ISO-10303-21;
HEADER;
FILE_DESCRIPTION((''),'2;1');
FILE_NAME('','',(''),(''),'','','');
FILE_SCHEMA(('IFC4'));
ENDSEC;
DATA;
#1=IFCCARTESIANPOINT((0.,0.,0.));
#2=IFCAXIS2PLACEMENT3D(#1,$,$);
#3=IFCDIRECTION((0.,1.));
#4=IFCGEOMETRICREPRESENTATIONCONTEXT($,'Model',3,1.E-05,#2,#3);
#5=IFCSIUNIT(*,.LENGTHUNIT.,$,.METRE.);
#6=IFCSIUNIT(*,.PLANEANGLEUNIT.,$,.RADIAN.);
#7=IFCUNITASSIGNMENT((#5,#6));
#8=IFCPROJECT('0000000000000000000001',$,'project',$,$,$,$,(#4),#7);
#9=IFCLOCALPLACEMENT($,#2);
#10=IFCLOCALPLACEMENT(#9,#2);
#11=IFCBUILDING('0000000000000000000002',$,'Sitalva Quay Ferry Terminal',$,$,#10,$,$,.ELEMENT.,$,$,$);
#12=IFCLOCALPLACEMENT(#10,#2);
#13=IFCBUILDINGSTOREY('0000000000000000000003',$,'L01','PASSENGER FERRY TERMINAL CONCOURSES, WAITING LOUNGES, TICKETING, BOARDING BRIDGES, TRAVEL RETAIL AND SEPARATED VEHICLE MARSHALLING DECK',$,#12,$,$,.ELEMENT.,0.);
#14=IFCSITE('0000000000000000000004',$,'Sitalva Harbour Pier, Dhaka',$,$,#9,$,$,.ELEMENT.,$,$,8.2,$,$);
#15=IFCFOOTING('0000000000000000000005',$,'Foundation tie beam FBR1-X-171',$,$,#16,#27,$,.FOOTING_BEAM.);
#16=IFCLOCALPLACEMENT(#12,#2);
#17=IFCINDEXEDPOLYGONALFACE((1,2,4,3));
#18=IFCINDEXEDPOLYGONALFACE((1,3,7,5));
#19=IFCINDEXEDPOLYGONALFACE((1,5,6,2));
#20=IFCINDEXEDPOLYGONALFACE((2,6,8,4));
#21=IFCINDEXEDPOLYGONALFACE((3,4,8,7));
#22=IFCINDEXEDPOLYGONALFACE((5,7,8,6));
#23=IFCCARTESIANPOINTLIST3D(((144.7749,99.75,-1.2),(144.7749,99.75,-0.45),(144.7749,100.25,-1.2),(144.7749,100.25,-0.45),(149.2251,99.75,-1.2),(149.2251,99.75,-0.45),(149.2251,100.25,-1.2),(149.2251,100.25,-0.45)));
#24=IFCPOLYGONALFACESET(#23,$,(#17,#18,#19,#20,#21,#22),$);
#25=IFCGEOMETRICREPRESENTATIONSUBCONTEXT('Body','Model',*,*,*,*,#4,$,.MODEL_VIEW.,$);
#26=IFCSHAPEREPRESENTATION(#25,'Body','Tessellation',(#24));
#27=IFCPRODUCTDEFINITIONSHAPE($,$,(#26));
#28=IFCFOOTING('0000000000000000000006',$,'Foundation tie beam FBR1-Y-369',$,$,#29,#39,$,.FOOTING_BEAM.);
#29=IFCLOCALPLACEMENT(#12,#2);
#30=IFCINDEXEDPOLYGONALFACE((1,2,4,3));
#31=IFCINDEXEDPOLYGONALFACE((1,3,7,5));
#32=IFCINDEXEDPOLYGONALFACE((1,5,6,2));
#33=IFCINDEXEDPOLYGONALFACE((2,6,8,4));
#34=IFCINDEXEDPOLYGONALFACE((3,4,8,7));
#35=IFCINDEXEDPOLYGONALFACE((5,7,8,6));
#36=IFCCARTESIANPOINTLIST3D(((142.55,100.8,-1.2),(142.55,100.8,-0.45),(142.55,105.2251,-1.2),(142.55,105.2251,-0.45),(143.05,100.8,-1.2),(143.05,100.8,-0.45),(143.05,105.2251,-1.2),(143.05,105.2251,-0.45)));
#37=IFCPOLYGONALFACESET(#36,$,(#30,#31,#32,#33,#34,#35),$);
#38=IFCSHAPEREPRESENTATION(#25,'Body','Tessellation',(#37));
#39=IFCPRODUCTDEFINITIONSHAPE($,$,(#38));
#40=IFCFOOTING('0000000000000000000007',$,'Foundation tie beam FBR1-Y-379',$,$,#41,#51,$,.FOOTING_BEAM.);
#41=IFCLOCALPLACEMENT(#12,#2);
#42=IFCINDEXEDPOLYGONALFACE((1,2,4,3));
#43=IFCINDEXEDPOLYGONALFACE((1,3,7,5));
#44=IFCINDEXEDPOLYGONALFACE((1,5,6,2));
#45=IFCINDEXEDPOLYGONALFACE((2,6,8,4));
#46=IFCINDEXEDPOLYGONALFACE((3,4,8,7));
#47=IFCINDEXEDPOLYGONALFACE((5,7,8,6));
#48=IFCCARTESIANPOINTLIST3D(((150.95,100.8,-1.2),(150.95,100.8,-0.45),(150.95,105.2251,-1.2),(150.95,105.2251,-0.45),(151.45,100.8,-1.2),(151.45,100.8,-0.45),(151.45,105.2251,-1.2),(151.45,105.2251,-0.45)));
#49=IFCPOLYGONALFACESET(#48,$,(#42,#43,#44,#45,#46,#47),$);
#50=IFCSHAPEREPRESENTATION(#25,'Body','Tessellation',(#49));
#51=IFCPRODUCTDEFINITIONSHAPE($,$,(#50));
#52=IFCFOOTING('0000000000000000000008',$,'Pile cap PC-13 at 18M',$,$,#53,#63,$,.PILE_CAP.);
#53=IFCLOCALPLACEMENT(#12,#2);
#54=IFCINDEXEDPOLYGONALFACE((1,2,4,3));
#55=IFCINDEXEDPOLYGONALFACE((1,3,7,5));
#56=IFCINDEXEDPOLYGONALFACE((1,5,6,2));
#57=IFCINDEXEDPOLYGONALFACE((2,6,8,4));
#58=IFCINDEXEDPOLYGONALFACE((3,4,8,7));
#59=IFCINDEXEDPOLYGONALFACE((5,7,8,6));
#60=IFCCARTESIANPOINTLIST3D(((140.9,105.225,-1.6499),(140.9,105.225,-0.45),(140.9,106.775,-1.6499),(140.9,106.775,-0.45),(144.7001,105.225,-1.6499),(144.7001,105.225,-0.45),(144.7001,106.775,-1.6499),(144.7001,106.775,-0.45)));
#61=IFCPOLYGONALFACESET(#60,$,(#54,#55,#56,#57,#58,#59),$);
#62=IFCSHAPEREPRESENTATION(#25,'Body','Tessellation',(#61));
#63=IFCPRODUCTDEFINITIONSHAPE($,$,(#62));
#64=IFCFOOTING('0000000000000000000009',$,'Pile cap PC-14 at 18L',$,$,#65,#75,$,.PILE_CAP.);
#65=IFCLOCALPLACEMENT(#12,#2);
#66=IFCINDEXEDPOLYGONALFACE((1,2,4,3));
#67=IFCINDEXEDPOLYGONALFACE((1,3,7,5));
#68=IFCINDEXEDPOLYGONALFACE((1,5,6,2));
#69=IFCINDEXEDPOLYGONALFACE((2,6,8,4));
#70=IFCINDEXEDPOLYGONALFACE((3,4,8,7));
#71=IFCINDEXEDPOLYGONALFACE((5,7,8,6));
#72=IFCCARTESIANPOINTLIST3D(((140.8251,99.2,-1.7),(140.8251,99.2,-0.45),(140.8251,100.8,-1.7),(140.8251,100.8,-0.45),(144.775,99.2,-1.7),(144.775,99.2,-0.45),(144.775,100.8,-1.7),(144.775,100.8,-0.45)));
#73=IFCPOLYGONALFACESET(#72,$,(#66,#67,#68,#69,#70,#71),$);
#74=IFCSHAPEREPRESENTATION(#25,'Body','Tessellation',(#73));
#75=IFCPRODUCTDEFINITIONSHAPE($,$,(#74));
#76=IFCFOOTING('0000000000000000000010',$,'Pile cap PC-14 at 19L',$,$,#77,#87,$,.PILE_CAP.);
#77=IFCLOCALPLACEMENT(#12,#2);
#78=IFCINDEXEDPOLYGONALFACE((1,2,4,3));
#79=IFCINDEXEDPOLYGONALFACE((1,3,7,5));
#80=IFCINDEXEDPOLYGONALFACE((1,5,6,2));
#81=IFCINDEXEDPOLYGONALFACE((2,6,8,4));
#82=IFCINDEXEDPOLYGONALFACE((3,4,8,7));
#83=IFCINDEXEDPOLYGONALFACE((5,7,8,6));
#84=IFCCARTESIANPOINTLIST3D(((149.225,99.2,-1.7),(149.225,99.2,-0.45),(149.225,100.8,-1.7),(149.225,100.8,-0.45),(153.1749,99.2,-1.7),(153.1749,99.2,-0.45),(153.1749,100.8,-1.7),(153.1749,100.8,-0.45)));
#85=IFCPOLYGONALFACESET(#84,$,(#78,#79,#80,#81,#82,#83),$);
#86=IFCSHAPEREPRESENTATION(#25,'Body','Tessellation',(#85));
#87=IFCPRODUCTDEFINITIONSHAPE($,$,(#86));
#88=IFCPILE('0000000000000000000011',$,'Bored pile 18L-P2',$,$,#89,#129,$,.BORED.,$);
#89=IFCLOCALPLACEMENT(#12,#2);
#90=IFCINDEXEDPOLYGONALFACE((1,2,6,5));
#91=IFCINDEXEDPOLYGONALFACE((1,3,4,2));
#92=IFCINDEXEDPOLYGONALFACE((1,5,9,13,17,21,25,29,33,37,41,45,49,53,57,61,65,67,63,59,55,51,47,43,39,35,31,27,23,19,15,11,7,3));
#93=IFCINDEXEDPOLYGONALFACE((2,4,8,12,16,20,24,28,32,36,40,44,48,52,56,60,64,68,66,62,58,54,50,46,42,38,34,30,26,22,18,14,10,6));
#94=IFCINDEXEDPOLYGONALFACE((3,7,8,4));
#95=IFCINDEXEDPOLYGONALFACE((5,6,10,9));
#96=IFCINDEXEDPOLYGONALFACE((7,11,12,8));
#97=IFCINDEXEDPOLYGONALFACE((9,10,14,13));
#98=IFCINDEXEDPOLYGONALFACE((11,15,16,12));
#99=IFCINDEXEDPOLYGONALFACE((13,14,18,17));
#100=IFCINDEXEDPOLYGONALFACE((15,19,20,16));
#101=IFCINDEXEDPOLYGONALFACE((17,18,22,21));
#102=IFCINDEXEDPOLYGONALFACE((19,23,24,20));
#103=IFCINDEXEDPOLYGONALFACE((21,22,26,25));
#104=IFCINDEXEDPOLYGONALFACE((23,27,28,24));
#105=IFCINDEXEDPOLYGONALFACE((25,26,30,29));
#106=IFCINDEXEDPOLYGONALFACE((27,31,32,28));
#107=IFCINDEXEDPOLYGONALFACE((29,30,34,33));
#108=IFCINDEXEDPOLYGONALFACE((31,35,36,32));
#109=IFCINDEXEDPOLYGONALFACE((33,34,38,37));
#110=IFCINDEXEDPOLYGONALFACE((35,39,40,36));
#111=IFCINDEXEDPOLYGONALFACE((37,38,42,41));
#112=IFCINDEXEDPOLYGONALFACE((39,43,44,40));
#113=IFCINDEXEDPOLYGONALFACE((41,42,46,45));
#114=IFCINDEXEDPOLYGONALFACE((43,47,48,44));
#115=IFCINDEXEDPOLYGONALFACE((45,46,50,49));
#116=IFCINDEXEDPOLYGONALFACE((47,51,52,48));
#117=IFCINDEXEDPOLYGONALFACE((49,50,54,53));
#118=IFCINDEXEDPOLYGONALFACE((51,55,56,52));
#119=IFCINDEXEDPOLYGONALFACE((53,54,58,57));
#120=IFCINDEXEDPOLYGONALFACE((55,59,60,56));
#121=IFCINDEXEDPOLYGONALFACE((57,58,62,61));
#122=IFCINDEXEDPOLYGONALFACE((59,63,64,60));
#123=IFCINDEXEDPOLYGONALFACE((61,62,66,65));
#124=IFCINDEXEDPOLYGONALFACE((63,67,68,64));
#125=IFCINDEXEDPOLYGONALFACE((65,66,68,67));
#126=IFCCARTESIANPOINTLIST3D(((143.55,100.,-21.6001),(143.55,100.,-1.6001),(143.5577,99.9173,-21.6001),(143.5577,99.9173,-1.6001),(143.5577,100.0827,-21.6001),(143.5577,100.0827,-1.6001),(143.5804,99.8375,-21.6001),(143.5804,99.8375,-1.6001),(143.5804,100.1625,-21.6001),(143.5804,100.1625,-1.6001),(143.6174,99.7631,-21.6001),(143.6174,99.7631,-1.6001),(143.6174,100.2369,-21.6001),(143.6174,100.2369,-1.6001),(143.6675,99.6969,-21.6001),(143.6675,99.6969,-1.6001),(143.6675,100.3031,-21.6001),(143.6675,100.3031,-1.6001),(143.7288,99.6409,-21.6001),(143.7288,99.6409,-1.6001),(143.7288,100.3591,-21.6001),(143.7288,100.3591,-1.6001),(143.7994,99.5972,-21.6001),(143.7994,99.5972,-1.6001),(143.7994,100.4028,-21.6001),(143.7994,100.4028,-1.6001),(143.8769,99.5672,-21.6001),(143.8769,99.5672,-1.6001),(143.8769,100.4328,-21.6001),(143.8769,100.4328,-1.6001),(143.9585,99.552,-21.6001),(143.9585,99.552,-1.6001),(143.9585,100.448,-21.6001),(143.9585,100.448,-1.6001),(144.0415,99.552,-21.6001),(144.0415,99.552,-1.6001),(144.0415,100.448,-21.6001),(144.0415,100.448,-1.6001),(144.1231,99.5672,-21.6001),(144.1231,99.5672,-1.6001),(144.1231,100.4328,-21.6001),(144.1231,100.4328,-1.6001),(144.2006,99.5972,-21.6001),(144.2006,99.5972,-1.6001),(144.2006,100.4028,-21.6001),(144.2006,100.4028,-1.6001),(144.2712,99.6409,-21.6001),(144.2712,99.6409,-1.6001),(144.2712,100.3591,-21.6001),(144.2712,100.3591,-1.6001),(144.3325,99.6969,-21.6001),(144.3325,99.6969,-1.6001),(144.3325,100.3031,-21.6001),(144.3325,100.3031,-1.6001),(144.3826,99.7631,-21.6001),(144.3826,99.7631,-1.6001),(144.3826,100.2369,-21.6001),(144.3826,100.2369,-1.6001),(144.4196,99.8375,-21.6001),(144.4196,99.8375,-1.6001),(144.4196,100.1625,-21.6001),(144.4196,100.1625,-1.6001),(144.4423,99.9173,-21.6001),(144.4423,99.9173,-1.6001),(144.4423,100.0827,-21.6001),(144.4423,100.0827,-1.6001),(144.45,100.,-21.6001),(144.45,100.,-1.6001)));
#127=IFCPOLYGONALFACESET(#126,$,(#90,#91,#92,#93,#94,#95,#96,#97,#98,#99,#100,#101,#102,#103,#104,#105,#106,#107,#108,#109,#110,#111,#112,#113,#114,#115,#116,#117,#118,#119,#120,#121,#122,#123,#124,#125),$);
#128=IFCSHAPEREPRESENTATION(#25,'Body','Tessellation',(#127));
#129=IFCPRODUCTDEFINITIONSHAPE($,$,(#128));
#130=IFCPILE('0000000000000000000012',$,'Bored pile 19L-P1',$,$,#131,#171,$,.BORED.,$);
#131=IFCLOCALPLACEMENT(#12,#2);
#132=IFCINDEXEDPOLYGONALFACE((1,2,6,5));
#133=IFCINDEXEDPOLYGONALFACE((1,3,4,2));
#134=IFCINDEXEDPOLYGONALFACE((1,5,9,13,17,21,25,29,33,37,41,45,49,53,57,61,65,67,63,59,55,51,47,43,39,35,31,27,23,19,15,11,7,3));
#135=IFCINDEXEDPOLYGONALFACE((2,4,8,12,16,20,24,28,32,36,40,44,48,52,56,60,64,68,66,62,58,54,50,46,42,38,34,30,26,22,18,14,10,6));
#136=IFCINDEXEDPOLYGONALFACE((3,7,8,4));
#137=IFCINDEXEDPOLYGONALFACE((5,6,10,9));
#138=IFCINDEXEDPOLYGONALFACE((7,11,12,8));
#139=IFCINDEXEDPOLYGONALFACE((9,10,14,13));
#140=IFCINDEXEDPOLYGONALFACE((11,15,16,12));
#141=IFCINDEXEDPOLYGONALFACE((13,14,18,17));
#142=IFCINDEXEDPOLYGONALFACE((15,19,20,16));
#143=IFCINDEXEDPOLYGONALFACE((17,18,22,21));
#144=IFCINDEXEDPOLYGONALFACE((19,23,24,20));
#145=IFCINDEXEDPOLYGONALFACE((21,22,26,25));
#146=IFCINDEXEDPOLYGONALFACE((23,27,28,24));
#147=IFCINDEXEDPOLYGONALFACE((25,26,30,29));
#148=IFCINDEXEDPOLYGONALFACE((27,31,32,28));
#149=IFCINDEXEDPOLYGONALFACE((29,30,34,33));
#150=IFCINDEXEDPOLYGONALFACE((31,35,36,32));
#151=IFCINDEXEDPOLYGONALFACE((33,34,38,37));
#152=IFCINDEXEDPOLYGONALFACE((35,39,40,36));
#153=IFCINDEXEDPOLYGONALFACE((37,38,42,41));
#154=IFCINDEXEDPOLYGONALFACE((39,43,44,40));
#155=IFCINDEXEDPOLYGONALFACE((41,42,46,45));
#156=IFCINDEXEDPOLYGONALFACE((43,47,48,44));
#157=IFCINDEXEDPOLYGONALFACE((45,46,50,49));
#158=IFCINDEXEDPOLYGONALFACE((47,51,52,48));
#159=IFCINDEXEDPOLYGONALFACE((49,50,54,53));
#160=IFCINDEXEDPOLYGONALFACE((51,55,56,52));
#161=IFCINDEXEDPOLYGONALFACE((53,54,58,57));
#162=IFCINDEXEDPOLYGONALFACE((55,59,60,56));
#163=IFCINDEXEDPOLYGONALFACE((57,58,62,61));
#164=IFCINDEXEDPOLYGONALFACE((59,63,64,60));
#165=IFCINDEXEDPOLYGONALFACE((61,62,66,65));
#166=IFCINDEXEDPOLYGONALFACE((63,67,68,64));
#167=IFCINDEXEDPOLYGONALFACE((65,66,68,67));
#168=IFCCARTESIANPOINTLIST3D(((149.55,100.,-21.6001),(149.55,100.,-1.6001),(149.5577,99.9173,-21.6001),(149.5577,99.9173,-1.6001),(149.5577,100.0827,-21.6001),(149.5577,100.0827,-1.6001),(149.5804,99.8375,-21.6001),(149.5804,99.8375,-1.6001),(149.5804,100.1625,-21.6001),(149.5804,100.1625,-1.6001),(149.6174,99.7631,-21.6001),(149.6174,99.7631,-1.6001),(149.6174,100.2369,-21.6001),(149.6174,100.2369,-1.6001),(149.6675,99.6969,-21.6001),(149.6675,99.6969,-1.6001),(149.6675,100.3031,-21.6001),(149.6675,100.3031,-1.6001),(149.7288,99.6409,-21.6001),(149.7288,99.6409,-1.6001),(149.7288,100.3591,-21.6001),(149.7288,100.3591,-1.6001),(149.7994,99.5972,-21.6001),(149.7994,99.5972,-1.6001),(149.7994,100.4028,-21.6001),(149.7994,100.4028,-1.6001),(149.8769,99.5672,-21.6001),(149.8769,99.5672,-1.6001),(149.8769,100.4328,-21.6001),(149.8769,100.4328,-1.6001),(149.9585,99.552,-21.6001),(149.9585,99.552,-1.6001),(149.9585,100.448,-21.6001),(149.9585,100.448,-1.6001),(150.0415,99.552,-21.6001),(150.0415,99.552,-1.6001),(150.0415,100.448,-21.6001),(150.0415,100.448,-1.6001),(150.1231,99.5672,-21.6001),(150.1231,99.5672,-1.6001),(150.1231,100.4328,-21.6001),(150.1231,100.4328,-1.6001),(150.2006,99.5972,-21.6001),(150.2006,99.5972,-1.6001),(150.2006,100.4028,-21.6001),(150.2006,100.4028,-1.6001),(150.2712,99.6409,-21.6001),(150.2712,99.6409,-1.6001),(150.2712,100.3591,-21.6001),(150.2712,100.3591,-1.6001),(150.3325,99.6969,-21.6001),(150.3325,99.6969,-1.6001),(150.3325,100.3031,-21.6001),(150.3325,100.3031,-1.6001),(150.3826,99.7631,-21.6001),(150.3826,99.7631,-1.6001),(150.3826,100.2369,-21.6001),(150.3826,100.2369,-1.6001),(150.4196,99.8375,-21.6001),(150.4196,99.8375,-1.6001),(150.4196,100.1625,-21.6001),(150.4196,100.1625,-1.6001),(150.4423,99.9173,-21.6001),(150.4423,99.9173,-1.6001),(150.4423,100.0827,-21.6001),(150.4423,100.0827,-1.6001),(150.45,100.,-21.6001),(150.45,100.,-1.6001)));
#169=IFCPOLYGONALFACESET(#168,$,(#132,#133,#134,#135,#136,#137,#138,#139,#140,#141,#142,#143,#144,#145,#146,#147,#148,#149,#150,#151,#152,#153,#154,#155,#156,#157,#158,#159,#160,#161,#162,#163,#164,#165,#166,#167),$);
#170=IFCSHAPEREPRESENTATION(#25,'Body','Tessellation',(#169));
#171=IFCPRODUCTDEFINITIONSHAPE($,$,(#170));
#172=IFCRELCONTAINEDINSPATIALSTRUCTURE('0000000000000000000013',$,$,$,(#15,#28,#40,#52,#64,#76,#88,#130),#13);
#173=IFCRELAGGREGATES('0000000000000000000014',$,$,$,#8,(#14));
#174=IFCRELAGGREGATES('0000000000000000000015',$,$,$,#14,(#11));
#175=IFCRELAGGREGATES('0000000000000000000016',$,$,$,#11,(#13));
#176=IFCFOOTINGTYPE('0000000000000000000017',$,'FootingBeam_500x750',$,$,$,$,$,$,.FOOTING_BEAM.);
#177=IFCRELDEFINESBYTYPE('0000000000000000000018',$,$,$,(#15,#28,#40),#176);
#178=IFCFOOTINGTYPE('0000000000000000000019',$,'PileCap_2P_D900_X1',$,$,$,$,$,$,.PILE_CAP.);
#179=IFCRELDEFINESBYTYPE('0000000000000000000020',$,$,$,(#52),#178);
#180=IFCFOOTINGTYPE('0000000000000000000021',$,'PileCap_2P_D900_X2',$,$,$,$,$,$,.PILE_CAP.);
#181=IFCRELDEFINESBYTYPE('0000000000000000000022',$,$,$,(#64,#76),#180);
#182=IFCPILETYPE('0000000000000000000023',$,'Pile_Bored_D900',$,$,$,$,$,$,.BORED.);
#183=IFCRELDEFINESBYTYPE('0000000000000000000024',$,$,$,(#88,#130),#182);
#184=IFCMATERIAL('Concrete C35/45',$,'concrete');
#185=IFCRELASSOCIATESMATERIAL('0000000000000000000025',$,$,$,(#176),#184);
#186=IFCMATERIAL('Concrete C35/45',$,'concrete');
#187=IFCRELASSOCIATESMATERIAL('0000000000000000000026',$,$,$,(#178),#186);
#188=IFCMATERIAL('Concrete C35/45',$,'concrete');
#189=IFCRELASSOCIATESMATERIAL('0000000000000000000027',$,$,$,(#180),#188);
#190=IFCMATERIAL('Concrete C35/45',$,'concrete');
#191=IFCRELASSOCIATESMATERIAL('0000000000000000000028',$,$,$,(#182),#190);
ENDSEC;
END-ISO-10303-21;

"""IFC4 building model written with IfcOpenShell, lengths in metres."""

from ifc_helpers import new_model, si_unit, direction, frame, origin, origin_2d, place, context, subcontext, project, spatial, rectangle, circle, extrude, material, material_profile, profile_set, type_object, element, save


model = new_model("IFC4")

# Units and contexts
model_context = context("Model", 3, precision=1e-05, world=origin(), true_north=direction((0.0, 1.0)))
body_context = subcontext(model_context, "Body", "Model", "MODEL_VIEW")
ifc_project = project(units=[si_unit("LENGTHUNIT", "METRE"), si_unit("PLANEANGLEUNIT", "RADIAN")], contexts=[model_context])

# Site, building, storey
site_placement = place(None, origin())
site = spatial("IfcSite", under=ifc_project, at=site_placement, Name="Sitalva Harbour Pier, Dhaka", CompositionType="ELEMENT", RefElevation=8.2)
building_placement = place(site_placement, origin())
building = spatial("IfcBuilding", under=site, at=building_placement, Name="Sitalva Quay Ferry Terminal", CompositionType="ELEMENT")
storey_placement = place(building_placement, origin())
storey = spatial("IfcBuildingStorey", under=building, at=storey_placement, Name="L01", Description="PASSENGER FERRY TERMINAL CONCOURSES, WAITING LOUNGES, TICKETING, BOARDING BRIDGES, TRAVEL RETAIL AND SEPARATED VEHICLE MARSHALLING DECK", CompositionType="ELEMENT", Elevation=0.0)

# Footings
ifc_material_1 = material(Name="Concrete C35/45", Category="concrete")
ifc_material_profile_1 = material_profile(ifc_material_1, rectangle(XDim=0.5, YDim=0.75, at=origin_2d()), Name="RC500x750")
ifc_profile_set_1 = profile_set([ifc_material_profile_1], Name="Concrete C35/45")
footing_type_1 = type_object("IfcFootingType", Name="FootingBeam_500x750", PredefinedType="FOOTING_BEAM", material=ifc_profile_set_1)
footing_1_placement = place(storey_placement, frame((144.7749, 100.0, -0.825), z_axis=(1.0, 0.0, 0.0), x_axis=(0.0, 1.0, 0.0)))
element("IfcFooting", 1, at=footing_1_placement, inside=storey, type_object=footing_type_1, Name="Foundation tie beam FBR1-X-171", PredefinedType="FOOTING_BEAM", context=body_context, shape_type="SweptSolid", body=[
    extrude(rectangle(XDim=0.5, YDim=0.75, at=origin_2d()), origin(), (0.0, 0.0, 1.0), 4.4502),
])
for number, where, z_axis, x_axis, name in (
    (2, (142.8, 100.8, -0.825), (0.0, 1.0, 0.0), (-1.0, 0.0, 0.0), "Foundation tie beam FBR1-Y-369"),
    (3, (151.2, 100.8, -0.825), (0.0, 1.0, 0.0), (-1.0, 0.0, 0.0), "Foundation tie beam FBR1-Y-379"),
):
    element("IfcFooting", number, at=place(storey_placement, frame(where, z_axis=z_axis, x_axis=x_axis)), inside=storey, type_object=footing_type_1, Name=name, PredefinedType="FOOTING_BEAM", context=body_context, shape_type="SweptSolid", body=[
        extrude(rectangle(XDim=0.5, YDim=0.75, at=origin_2d()), origin(), (0.0, 0.0, 1.0), 4.425),
    ])
ifc_material_2 = material(Name="Concrete C35/45", Category="concrete")
footing_type_2 = type_object("IfcFootingType", Name="PileCap_2P_D900_X1", PredefinedType="PILE_CAP", material=ifc_material_2)
footing_2_placement = place(storey_placement, frame((142.8, 106.0, -1.6499), z_axis=(0.0, 0.0, 1.0), x_axis=(1.0, 0.0, 0.0)))
element("IfcFooting", 4, at=footing_2_placement, inside=storey, type_object=footing_type_2, Name="Pile cap PC-13 at 18M", PredefinedType="PILE_CAP", context=body_context, shape_type="SweptSolid", body=[
    extrude(rectangle(XDim=3.8, YDim=1.55, at=origin_2d()), origin(), (0.0, 0.0, 1.0), 1.2),
])
ifc_material_3 = material(Name="Concrete C35/45", Category="concrete")
footing_type_3 = type_object("IfcFootingType", Name="PileCap_2P_D900_X2", PredefinedType="PILE_CAP", material=ifc_material_3)
for number, where, z_axis, x_axis, name in (
    (5, (142.8, 100.0, -1.7), (0.0, 0.0, 1.0), (1.0, 0.0, 0.0), "Pile cap PC-14 at 18L"),
    (6, (151.2, 100.0, -1.7), (0.0, 0.0, 1.0), (1.0, 0.0, 0.0), "Pile cap PC-14 at 19L"),
):
    element("IfcFooting", number, at=place(storey_placement, frame(where, z_axis=z_axis, x_axis=x_axis)), inside=storey, type_object=footing_type_3, Name=name, PredefinedType="PILE_CAP", context=body_context, shape_type="SweptSolid", body=[
        extrude(rectangle(XDim=3.95, YDim=1.6001, at=origin_2d()), origin(), (0.0, 0.0, 1.0), 1.25),
    ])

# Piles
ifc_material_4 = material(Name="Concrete C35/45", Category="concrete")
ifc_material_profile_2 = material_profile(ifc_material_4, circle(Radius=0.45, at=origin_2d()), Name="PILE-D900")
ifc_profile_set_2 = profile_set([ifc_material_profile_2], Name="Concrete C35/45")
pile_type = type_object("IfcPileType", Name="Pile_Bored_D900", PredefinedType="BORED", material=ifc_profile_set_2)
for number, where, z_axis, x_axis, name in (
    (7, (144.0, 100.0, -1.6001), (0.0, 0.0, -1.0), (1.0, 0.0, 0.0), "Bored pile 18L-P2"),
    (8, (150.0, 100.0, -1.6001), (0.0, 0.0, -1.0), (1.0, 0.0, 0.0), "Bored pile 19L-P1"),
):
    element("IfcPile", number, at=place(storey_placement, frame(where, z_axis=z_axis, x_axis=x_axis)), inside=storey, type_object=pile_type, Name=name, PredefinedType="BORED", context=body_context, shape_type="SweptSolid", body=[
        extrude(circle(Radius=0.45, at=origin_2d()), origin(), (0.0, 0.0, 1.0), 20.0),
    ])

save(model, "model.ifc")
